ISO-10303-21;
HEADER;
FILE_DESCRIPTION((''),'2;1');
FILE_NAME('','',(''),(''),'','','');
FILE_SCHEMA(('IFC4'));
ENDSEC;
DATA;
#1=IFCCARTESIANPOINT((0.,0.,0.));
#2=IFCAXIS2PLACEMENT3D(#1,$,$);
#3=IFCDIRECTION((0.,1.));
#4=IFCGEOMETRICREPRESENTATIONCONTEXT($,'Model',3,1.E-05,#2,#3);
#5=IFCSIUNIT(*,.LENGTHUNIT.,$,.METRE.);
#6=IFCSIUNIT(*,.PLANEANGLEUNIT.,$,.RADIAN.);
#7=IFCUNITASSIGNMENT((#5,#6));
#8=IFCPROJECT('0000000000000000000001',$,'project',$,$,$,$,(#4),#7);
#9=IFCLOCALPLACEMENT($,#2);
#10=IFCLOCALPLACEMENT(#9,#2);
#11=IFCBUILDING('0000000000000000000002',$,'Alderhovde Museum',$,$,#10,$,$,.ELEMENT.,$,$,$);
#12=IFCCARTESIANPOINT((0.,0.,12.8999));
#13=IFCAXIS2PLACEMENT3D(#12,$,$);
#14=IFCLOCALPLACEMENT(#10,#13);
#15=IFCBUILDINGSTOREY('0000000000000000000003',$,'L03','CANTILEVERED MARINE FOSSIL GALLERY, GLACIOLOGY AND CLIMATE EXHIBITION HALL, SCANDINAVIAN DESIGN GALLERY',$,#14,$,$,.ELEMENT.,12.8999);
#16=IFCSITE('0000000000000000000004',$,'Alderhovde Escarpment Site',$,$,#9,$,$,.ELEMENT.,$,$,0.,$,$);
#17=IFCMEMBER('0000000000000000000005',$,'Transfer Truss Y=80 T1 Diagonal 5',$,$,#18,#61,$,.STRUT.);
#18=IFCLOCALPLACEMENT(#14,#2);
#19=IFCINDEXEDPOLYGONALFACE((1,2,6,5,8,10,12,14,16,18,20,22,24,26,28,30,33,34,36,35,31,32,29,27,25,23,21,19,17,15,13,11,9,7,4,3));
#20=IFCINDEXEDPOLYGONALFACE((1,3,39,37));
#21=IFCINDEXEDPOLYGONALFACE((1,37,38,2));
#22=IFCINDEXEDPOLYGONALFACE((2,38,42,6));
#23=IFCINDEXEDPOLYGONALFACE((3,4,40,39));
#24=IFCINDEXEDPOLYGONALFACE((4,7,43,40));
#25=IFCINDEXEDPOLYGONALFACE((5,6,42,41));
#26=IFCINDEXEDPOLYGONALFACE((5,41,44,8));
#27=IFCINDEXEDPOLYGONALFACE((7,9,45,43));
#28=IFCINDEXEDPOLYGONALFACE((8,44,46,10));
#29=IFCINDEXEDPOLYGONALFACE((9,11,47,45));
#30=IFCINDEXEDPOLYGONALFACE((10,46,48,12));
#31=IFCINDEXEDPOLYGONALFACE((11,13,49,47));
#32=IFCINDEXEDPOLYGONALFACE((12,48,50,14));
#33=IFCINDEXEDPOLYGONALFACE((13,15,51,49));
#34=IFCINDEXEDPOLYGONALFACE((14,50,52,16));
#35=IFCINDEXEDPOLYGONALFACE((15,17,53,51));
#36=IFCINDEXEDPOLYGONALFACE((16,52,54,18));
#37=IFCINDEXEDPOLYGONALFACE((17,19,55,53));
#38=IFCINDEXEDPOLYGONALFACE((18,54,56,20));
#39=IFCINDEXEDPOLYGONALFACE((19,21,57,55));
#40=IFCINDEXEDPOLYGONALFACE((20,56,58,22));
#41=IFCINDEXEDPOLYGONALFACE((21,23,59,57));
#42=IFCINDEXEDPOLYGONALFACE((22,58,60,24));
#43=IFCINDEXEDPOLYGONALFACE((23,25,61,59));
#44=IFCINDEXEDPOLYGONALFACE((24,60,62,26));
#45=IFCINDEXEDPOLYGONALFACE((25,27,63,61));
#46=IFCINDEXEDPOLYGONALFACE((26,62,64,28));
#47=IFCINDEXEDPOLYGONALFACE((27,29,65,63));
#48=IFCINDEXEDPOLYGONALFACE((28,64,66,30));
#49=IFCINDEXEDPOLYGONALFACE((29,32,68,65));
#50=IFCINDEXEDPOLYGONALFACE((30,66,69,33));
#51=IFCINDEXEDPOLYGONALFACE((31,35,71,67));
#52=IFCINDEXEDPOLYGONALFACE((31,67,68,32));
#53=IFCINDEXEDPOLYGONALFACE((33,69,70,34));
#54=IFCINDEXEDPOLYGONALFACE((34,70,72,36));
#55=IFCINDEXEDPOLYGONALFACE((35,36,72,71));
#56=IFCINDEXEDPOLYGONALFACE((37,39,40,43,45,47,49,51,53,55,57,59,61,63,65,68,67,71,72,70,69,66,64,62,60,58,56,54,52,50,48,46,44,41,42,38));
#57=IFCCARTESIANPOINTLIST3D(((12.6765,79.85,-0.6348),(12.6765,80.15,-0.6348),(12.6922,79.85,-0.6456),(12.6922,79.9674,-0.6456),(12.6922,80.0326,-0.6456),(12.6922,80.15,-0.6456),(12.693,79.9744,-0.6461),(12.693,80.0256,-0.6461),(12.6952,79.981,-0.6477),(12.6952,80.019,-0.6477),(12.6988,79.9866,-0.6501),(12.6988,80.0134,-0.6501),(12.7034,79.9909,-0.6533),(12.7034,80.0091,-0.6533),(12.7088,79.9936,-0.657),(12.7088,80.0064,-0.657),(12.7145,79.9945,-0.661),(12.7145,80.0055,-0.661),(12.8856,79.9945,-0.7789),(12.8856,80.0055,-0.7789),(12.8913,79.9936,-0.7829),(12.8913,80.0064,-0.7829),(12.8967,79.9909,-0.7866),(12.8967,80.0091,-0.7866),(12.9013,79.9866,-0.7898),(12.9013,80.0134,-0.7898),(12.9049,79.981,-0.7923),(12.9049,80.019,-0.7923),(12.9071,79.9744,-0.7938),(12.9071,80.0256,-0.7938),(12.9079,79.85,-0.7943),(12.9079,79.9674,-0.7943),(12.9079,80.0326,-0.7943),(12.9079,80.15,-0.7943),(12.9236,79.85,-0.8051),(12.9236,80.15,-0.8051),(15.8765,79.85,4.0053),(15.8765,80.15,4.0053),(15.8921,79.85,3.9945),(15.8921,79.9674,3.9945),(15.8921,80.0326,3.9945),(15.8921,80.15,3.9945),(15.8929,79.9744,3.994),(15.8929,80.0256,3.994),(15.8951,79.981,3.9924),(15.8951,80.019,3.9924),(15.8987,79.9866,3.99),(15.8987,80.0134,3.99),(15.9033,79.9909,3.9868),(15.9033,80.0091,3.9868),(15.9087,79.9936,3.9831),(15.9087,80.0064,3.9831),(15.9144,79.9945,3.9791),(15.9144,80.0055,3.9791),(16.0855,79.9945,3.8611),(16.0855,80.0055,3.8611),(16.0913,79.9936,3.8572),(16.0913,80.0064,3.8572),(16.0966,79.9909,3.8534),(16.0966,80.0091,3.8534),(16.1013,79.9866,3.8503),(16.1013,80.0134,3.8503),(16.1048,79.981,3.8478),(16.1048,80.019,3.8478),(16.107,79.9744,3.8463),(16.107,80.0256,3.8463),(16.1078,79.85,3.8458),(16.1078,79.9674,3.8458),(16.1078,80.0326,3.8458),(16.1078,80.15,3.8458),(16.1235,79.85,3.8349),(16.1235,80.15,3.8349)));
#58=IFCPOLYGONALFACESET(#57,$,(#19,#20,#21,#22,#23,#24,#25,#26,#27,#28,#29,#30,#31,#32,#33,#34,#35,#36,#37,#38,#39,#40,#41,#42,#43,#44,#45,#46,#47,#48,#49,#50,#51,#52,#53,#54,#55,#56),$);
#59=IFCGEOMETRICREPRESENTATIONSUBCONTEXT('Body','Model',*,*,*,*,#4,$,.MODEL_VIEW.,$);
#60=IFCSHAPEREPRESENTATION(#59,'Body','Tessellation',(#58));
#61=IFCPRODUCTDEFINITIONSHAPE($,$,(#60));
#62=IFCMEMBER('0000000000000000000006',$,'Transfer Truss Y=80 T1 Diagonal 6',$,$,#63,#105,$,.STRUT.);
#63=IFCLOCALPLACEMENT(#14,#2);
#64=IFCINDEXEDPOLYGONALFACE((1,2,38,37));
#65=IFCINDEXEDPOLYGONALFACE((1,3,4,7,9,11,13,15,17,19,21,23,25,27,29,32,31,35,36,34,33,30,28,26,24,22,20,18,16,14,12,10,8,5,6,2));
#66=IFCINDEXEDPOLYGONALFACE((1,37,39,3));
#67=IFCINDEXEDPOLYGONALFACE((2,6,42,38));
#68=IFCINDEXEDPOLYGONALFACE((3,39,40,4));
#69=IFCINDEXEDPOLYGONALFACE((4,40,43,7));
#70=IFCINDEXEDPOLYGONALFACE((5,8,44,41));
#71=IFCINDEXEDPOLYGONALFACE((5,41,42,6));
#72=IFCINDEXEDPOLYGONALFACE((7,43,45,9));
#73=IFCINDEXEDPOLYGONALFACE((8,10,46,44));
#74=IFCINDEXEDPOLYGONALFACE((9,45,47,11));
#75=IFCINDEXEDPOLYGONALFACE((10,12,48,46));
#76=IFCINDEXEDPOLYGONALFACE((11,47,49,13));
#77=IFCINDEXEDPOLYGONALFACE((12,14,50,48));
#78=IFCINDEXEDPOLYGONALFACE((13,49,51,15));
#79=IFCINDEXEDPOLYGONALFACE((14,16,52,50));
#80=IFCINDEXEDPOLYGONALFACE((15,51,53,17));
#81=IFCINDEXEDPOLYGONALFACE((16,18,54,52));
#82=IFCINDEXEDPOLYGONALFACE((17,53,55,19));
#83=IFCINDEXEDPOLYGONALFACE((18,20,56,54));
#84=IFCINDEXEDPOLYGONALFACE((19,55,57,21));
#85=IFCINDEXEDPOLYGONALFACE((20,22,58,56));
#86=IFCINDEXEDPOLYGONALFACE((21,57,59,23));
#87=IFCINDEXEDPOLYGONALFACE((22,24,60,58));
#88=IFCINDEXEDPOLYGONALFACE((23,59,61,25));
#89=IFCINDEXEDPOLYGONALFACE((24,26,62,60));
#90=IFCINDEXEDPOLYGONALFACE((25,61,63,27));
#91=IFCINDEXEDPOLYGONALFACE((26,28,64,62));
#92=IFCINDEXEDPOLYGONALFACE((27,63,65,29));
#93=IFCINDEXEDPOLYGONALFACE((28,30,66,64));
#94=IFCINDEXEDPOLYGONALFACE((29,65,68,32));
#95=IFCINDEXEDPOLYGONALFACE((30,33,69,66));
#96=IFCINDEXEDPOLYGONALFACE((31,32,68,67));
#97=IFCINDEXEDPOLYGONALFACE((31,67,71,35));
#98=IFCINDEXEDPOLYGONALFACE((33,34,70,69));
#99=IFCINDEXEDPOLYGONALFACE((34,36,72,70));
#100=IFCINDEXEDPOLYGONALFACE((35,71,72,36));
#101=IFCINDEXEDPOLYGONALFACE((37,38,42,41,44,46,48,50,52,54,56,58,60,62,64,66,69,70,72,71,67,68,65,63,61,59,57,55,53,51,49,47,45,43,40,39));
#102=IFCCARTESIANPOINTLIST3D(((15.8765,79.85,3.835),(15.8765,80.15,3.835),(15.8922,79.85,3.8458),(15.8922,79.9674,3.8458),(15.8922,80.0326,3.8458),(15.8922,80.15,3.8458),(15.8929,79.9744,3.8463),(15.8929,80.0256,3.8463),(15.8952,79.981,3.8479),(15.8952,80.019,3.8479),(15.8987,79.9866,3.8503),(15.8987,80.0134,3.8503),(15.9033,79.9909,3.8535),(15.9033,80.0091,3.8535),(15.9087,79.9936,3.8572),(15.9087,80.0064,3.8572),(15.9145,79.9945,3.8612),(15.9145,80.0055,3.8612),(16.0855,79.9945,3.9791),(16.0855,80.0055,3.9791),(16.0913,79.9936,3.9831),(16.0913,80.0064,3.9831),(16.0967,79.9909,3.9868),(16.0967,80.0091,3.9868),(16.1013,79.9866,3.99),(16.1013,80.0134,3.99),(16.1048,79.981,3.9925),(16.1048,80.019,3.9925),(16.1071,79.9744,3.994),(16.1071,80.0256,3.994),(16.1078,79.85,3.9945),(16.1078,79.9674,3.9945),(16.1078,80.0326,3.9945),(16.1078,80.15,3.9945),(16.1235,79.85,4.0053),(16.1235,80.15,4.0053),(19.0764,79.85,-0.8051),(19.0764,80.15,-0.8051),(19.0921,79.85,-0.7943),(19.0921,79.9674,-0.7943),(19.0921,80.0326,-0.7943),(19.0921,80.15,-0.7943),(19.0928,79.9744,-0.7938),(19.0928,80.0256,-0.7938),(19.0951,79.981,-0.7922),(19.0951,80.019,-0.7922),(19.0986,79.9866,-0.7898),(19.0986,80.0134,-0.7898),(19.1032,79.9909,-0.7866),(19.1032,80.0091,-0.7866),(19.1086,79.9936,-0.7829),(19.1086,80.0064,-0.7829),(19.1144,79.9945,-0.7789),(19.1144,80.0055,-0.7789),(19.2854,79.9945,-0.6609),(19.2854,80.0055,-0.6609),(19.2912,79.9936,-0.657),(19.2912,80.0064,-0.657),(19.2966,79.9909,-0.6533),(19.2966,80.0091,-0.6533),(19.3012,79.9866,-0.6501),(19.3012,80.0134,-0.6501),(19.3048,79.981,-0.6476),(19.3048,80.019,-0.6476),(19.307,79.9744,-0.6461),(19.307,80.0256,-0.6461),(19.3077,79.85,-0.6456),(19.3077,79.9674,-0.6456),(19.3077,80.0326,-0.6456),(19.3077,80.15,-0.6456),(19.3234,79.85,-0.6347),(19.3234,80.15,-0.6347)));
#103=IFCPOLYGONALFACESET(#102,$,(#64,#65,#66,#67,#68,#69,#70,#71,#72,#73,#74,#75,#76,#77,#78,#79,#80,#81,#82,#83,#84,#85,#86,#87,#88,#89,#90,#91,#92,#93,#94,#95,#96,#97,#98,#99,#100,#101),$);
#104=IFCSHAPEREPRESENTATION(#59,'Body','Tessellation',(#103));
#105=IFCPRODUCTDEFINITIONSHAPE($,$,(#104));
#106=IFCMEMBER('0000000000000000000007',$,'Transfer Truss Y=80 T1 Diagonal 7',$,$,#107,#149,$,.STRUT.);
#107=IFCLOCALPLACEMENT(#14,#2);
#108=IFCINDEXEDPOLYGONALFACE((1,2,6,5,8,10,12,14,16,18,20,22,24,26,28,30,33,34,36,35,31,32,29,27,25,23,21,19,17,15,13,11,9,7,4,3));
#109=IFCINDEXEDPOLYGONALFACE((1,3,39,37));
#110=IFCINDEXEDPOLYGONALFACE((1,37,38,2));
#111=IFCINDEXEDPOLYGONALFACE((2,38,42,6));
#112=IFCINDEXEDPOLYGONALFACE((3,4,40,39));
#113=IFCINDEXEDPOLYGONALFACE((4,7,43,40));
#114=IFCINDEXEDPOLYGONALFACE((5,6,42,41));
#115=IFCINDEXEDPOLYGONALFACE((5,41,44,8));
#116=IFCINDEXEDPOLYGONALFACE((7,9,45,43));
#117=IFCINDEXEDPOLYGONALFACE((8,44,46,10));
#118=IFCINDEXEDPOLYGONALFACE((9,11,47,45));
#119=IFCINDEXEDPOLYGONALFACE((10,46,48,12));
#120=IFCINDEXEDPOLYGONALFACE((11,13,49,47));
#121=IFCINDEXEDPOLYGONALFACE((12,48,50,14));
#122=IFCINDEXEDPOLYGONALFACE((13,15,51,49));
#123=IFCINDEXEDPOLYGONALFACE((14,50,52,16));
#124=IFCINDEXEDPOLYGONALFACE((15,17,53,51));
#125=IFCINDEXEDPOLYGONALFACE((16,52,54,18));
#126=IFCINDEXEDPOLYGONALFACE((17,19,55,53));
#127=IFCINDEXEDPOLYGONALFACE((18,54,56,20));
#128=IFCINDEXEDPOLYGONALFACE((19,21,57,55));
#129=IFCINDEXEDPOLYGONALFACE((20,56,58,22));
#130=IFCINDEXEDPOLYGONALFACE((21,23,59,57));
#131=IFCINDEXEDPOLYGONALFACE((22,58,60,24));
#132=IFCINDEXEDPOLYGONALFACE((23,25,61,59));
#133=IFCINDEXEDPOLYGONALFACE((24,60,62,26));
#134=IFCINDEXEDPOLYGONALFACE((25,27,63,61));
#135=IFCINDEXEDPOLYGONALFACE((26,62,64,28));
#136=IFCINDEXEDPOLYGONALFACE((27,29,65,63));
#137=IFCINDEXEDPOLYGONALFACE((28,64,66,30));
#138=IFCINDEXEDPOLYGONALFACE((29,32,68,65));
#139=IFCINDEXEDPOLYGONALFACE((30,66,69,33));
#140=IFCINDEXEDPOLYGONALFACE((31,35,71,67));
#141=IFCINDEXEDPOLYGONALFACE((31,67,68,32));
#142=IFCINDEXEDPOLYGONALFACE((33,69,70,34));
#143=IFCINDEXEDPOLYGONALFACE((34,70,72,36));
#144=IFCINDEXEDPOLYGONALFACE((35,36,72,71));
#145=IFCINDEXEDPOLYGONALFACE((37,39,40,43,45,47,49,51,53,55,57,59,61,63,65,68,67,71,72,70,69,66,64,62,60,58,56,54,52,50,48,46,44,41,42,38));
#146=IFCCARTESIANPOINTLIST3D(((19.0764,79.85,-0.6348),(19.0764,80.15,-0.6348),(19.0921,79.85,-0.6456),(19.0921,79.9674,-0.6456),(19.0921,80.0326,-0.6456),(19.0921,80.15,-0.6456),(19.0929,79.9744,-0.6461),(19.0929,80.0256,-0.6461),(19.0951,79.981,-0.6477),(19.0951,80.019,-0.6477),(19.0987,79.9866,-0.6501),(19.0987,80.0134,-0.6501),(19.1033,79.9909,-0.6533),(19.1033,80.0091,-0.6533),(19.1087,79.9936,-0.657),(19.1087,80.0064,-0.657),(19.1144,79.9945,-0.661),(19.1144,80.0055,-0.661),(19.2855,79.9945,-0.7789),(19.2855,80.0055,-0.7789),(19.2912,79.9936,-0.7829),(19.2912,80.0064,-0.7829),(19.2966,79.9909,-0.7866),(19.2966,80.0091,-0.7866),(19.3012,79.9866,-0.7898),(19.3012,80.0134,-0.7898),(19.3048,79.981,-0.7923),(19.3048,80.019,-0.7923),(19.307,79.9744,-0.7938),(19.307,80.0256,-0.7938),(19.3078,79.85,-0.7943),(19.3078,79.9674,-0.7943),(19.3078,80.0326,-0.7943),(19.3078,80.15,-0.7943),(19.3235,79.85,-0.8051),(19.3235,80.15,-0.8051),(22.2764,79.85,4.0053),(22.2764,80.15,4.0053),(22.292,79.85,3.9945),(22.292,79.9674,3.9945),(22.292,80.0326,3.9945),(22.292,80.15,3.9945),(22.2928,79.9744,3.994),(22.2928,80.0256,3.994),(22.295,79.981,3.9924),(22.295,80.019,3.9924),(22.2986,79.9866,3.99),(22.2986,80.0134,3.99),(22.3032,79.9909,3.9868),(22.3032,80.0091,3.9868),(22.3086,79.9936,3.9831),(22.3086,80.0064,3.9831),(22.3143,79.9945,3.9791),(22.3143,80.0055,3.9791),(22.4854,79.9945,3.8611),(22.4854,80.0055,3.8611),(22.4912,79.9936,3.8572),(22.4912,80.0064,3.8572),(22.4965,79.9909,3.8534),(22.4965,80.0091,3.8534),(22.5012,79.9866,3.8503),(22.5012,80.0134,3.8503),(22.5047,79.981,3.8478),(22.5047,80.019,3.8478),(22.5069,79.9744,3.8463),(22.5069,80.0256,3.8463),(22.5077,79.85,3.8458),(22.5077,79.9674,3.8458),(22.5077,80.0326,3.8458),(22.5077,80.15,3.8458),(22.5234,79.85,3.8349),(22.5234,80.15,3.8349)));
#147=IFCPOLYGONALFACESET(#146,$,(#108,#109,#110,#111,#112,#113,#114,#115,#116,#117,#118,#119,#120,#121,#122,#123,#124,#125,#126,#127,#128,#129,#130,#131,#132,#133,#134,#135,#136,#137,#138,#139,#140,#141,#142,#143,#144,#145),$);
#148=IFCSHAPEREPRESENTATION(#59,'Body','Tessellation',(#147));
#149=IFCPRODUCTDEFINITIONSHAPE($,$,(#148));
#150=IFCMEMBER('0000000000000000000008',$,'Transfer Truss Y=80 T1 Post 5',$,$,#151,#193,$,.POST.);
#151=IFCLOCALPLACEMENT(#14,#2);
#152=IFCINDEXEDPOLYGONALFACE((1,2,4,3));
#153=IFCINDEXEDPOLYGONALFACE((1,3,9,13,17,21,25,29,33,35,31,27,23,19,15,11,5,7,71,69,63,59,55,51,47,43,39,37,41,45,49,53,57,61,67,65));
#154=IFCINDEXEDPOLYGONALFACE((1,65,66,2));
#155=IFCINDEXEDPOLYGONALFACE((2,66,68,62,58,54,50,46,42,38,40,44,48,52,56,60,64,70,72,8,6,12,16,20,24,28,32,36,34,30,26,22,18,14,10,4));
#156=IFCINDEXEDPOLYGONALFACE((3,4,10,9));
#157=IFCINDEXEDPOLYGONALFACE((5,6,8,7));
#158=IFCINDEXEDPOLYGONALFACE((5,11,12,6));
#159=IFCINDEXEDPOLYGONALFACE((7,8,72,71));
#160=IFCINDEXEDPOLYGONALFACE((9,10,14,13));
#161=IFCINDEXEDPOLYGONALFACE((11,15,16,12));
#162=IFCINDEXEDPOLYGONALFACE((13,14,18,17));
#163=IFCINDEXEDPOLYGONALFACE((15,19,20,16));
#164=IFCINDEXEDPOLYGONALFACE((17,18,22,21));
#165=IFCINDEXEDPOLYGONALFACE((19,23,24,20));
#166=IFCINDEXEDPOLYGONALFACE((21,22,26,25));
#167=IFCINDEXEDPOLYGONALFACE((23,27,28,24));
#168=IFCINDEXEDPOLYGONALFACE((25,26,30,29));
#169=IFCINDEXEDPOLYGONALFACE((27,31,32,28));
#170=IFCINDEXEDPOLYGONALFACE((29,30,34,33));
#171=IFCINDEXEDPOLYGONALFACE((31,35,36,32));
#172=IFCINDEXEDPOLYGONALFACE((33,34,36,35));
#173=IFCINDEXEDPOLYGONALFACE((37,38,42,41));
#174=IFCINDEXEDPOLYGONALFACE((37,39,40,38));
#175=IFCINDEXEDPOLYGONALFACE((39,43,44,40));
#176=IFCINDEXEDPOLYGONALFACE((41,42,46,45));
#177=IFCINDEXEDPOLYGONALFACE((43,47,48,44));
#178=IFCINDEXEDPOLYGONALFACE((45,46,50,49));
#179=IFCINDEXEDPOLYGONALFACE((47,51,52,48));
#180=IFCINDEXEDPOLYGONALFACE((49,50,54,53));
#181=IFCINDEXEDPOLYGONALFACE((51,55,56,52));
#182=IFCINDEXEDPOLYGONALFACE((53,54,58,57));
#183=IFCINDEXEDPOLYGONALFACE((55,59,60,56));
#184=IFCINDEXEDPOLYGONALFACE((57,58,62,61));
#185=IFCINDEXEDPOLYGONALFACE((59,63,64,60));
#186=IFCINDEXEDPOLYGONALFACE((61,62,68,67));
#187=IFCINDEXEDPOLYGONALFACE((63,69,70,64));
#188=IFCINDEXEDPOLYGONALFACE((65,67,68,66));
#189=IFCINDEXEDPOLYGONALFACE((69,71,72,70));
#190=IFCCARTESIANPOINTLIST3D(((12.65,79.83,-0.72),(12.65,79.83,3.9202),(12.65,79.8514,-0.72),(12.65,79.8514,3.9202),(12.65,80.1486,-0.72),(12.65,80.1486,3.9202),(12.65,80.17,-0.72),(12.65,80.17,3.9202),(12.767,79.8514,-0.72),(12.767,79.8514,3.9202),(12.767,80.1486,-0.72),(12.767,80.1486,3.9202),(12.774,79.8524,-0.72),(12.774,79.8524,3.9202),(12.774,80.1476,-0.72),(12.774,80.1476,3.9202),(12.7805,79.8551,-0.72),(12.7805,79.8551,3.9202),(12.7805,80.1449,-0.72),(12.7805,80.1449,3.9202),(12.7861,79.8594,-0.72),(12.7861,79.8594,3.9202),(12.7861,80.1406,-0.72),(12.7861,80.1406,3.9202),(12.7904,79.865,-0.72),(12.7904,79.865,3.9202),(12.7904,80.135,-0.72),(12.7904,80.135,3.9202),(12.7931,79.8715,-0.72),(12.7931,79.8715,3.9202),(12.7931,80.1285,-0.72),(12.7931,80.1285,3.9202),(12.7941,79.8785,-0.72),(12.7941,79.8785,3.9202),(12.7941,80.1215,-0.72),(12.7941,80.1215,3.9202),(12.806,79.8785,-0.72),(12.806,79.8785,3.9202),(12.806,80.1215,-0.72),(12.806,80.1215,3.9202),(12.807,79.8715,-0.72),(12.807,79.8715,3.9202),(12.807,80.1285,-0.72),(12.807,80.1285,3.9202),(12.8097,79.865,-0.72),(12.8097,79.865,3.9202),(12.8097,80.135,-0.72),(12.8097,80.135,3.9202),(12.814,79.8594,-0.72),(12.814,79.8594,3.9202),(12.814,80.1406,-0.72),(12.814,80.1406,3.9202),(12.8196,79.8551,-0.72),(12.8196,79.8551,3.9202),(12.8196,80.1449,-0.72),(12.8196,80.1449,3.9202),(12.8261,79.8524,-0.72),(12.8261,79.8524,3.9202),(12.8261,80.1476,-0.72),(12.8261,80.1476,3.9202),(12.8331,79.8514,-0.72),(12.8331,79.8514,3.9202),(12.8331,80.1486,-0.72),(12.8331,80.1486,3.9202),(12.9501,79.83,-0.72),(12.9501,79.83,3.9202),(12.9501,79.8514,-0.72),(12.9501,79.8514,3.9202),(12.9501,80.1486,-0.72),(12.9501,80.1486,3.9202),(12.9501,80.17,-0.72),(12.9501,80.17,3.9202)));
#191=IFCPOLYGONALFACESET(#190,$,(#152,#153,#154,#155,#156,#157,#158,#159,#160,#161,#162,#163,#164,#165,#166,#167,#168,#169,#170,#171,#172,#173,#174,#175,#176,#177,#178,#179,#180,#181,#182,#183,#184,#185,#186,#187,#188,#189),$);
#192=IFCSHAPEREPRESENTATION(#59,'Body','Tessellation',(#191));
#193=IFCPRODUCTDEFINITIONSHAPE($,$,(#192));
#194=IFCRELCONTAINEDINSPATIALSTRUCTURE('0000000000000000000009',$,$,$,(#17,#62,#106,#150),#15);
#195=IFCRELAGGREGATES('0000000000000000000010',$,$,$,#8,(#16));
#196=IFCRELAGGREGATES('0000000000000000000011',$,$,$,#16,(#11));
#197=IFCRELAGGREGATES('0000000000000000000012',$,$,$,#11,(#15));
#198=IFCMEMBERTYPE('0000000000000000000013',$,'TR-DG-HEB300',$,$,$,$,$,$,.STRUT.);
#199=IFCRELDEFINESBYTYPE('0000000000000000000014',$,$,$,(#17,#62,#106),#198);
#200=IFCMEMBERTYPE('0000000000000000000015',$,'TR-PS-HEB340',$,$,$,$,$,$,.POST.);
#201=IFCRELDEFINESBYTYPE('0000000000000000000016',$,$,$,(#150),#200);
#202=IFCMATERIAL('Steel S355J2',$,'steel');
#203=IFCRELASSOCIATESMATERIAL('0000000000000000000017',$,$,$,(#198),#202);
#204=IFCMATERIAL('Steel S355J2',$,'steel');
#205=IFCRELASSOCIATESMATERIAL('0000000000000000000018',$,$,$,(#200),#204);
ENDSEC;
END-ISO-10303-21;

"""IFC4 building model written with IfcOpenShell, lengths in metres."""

from ifc_helpers import new_model, si_unit, direction, frame, origin, origin_2d, place, context, subcontext, project, spatial, i_section, extrude, material, material_profile, profile_set, type_object, element, save


model = new_model("IFC4")

# Units and contexts
model_context = context("Model", 3, precision=1e-05, world=origin(), true_north=direction((0.0, 1.0)))
body_context = subcontext(model_context, "Body", "Model", "MODEL_VIEW")
ifc_project = project(units=[si_unit("LENGTHUNIT", "METRE"), si_unit("PLANEANGLEUNIT", "RADIAN")], contexts=[model_context])

# Site, building, storey
site_placement = place(None, origin())
site = spatial("IfcSite", under=ifc_project, at=site_placement, Name="Alderhovde Escarpment Site", CompositionType="ELEMENT", RefElevation=0.0)
building_placement = place(site_placement, origin())
building = spatial("IfcBuilding", under=site, at=building_placement, Name="Alderhovde Museum", CompositionType="ELEMENT")
storey_placement = place(building_placement, frame((0.0, 0.0, 12.8999)))
storey = spatial("IfcBuildingStorey", under=building, at=storey_placement, Name="L03", Description="CANTILEVERED MARINE FOSSIL GALLERY, GLACIOLOGY AND CLIMATE EXHIBITION HALL, SCANDINAVIAN DESIGN GALLERY", CompositionType="ELEMENT", Elevation=12.8999)

# Members
ifc_material_1 = material(Name="Steel S355J2", Category="steel")
ifc_material_profile_1 = material_profile(ifc_material_1, i_section(OverallWidth=0.3, OverallDepth=0.3, WebThickness=0.011, FlangeThickness=0.019, FilletRadius=0.0271, at=origin_2d()), Name="HEB 300")
ifc_profile_set_1 = profile_set([ifc_material_profile_1], Name="Steel S355J2")
member_type_1 = type_object("IfcMemberType", Name="TR-DG-HEB300", PredefinedType="STRUT", material=ifc_profile_set_1)
for number, where, z_axis, x_axis, name in (
    (1, (12.8, 80.0, -0.72), (0.567716, 0.0, 0.823225), (0.0, 1.0, 0.0), "Transfer Truss Y=80 T1 Diagonal 5"),
    (2, (16.0, 80.0, 3.9202), (0.567716, 0.0, -0.823225), (0.0, 1.0, 0.0), "Transfer Truss Y=80 T1 Diagonal 6"),
    (3, (19.2, 80.0, -0.72), (0.567716, 0.0, 0.823225), (0.0, 1.0, 0.0), "Transfer Truss Y=80 T1 Diagonal 7"),
):
    element("IfcMember", number, at=place(storey_placement, frame(where, z_axis=z_axis, x_axis=x_axis)), inside=storey, type_object=member_type_1, Name=name, PredefinedType="STRUT", context=body_context, shape_type="SweptSolid", body=[
        extrude(i_section(OverallWidth=0.3, OverallDepth=0.3, WebThickness=0.011, FlangeThickness=0.019, FilletRadius=0.0271, at=origin_2d()), origin(), (0.0, 0.0, 1.0), 5.6365),
    ])
ifc_material_2 = material(Name="Steel S355J2", Category="steel")
ifc_material_profile_2 = material_profile(ifc_material_2, i_section(OverallWidth=0.3, OverallDepth=0.3401, WebThickness=0.012, FlangeThickness=0.0215, FilletRadius=0.0271, at=origin_2d()), Name="HEB 340")
ifc_profile_set_2 = profile_set([ifc_material_profile_2], Name="Steel S355J2")
member_type_2 = type_object("IfcMemberType", Name="TR-PS-HEB340", PredefinedType="POST", material=ifc_profile_set_2)
for number, where, z_axis, x_axis, name in (
    (4, (12.8, 80.0, -0.72), (0.0, 0.0, 1.0), (1.0, 0.0, 0.0), "Transfer Truss Y=80 T1 Post 5"),
):
    element("IfcMember", number, at=place(storey_placement, frame(where, z_axis=z_axis, x_axis=x_axis)), inside=storey, type_object=member_type_2, Name=name, PredefinedType="POST", context=body_context, shape_type="SweptSolid", body=[
        extrude(i_section(OverallWidth=0.3, OverallDepth=0.3401, WebThickness=0.012, FlangeThickness=0.0215, FilletRadius=0.0271, at=origin_2d()), origin(), (0.0, 0.0, 1.0), 4.6401),
    ])

save(model, "model.ifc")
